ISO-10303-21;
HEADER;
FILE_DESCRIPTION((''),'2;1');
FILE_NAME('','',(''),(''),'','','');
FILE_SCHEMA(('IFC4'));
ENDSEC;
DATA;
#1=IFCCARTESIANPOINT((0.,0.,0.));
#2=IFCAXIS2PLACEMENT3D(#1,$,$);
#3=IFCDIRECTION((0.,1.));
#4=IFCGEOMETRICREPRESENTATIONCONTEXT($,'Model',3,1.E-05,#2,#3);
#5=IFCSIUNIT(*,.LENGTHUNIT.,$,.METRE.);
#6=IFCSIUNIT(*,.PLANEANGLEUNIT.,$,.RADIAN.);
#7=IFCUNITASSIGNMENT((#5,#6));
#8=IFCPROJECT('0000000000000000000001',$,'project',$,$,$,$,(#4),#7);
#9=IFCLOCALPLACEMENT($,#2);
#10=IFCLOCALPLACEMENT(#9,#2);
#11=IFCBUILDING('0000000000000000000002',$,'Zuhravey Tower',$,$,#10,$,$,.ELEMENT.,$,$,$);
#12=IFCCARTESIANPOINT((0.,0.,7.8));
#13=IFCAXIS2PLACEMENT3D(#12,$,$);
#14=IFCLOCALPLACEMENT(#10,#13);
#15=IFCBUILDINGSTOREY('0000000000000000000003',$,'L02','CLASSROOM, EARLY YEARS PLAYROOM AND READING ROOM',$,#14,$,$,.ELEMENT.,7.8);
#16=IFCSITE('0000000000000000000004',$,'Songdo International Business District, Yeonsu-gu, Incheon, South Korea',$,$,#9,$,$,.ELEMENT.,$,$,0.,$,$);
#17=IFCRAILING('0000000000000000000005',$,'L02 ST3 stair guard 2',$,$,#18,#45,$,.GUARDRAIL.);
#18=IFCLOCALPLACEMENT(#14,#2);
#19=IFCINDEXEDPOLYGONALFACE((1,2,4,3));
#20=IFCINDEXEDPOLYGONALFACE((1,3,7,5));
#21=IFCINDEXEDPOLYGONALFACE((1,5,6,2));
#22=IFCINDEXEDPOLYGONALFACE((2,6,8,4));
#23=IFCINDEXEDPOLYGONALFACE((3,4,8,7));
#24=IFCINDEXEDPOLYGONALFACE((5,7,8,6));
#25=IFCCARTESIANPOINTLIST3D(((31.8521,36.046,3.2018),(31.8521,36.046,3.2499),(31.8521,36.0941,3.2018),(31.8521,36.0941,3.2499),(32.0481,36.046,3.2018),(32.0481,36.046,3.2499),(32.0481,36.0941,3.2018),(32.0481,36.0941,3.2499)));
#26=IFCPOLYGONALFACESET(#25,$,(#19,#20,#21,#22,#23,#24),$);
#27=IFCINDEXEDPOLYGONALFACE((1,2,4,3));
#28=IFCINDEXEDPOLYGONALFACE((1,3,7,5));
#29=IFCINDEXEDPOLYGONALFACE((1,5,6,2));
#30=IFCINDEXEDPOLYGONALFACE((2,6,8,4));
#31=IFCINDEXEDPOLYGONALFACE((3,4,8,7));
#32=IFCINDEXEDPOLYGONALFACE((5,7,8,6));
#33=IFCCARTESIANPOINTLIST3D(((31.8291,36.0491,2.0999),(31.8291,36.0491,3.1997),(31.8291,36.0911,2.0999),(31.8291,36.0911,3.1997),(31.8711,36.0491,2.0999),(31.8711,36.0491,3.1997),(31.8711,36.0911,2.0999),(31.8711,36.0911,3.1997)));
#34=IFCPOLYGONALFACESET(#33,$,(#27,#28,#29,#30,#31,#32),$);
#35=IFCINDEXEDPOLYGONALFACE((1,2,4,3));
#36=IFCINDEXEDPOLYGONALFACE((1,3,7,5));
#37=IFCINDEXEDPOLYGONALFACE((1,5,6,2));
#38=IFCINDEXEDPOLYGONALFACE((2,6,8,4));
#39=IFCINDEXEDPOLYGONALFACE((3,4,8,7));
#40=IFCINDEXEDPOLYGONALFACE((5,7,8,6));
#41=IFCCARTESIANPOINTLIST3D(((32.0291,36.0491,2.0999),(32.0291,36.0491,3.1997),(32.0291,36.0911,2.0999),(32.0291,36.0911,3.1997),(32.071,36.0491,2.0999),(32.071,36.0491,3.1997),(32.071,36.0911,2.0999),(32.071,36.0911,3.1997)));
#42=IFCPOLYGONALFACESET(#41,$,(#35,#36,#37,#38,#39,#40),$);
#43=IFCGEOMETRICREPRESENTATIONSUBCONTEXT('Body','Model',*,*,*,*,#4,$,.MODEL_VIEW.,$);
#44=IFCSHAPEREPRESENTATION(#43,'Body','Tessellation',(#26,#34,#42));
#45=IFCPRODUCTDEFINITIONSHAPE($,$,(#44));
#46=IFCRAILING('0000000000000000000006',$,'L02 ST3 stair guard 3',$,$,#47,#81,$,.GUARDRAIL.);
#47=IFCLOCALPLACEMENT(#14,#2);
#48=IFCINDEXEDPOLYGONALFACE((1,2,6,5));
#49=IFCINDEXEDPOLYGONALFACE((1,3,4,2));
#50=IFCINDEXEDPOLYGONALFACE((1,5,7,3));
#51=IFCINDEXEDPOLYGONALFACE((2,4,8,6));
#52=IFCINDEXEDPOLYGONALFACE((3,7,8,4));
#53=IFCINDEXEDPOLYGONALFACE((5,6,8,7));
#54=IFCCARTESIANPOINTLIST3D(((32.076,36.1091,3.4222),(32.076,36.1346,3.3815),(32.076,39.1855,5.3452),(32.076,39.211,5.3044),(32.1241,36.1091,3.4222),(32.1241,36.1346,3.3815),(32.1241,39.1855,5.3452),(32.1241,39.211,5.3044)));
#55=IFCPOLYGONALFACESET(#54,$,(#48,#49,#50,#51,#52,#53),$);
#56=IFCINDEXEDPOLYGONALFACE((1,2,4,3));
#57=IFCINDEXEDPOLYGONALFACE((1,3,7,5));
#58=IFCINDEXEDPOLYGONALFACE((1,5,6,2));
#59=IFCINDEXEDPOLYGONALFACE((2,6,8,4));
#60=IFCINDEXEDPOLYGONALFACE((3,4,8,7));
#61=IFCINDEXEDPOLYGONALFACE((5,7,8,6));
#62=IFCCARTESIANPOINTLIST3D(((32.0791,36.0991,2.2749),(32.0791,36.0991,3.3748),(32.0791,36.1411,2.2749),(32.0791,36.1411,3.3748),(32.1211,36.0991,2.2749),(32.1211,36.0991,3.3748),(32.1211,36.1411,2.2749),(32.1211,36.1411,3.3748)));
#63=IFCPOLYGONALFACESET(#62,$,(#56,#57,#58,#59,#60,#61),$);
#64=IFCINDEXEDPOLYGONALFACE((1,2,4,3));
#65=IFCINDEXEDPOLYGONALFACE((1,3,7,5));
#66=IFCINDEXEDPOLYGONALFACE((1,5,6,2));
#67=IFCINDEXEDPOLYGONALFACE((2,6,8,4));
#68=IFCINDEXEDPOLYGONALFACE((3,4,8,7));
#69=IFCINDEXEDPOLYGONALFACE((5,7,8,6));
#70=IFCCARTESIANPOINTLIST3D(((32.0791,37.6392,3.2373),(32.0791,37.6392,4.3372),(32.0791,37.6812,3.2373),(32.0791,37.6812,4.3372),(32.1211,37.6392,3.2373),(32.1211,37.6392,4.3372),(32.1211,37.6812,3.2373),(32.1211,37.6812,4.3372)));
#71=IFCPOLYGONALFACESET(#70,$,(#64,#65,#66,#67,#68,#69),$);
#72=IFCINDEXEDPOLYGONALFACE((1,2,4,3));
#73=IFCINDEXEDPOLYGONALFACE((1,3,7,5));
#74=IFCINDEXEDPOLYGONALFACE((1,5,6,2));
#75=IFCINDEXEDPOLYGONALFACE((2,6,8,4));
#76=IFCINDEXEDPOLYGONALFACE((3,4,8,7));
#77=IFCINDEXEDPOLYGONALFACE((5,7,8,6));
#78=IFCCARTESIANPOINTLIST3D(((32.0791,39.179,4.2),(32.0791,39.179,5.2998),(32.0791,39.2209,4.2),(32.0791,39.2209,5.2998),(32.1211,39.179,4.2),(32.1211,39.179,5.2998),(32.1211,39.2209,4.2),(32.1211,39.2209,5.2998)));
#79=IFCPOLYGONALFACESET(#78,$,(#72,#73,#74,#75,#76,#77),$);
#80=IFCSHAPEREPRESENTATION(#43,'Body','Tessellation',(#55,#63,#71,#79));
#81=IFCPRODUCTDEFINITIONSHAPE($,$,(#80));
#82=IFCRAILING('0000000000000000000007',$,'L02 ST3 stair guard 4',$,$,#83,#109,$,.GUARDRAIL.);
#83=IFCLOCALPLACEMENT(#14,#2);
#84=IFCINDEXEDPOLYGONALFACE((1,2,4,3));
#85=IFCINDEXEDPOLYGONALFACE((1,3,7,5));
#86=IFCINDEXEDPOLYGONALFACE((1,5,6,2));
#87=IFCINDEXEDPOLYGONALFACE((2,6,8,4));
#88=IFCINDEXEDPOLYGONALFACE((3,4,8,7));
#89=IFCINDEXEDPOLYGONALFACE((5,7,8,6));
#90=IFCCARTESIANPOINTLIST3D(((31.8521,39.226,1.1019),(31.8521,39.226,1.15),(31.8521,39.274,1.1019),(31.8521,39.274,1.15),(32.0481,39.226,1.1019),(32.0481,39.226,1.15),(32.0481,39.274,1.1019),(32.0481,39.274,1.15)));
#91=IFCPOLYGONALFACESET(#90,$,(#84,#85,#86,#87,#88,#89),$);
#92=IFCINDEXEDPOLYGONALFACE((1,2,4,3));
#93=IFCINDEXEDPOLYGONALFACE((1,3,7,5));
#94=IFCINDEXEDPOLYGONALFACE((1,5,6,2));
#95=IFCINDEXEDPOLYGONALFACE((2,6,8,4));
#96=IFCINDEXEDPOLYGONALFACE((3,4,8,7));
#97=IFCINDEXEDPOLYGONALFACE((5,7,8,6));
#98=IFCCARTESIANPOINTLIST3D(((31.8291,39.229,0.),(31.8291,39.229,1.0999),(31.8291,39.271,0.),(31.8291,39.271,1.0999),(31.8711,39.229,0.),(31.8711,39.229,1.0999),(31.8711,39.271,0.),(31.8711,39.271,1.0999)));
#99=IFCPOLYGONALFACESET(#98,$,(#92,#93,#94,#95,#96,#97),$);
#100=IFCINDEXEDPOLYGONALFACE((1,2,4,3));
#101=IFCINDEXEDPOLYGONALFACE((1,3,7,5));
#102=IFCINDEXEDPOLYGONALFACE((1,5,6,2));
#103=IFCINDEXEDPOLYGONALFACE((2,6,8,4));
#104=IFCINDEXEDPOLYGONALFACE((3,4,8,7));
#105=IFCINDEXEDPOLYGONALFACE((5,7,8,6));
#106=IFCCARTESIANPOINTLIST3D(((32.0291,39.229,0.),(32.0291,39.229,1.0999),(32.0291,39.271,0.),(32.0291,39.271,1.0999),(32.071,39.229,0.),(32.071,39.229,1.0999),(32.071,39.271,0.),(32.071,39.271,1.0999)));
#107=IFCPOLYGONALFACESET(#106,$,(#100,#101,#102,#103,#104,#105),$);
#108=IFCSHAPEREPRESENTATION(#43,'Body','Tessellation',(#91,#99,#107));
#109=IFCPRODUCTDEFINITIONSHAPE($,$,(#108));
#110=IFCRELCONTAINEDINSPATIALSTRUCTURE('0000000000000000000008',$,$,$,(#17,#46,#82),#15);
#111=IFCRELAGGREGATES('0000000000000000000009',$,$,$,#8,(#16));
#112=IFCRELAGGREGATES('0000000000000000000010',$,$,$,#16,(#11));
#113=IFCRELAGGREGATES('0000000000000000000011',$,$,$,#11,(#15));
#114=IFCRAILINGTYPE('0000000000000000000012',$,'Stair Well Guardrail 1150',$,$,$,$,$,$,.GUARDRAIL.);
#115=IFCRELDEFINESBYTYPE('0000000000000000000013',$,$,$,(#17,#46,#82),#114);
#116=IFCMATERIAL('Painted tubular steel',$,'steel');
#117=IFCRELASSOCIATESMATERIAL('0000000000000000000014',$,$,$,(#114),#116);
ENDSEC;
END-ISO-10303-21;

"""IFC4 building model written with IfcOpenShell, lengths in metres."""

from ifc_helpers import new_model, si_unit, direction, frame, origin, origin_2d, place, context, subcontext, project, spatial, rectangle, extrude, material, type_object, element, save


model = new_model("IFC4")

# Units and contexts
model_context = context("Model", 3, precision=1e-05, world=origin(), true_north=direction((0.0, 1.0)))
body_context = subcontext(model_context, "Body", "Model", "MODEL_VIEW")
ifc_project = project(units=[si_unit("LENGTHUNIT", "METRE"), si_unit("PLANEANGLEUNIT", "RADIAN")], contexts=[model_context])

# Site, building, storey
site_placement = place(None, origin())
site = spatial("IfcSite", under=ifc_project, at=site_placement, Name="Songdo International Business District, Yeonsu-gu, Incheon, South Korea", CompositionType="ELEMENT", RefElevation=0.0)
building_placement = place(site_placement, origin())
building = spatial("IfcBuilding", under=site, at=building_placement, Name="Zuhravey Tower", CompositionType="ELEMENT")
storey_placement = place(building_placement, frame((0.0, 0.0, 7.8)))
storey = spatial("IfcBuildingStorey", under=building, at=storey_placement, Name="L02", Description="CLASSROOM, EARLY YEARS PLAYROOM AND READING ROOM", CompositionType="ELEMENT", Elevation=7.8)

# Railings
ifc_material_1 = material(Name="Painted tubular steel", Category="steel")
railing_type_1 = type_object("IfcRailingType", Name="Stair Well Guardrail 1150", PredefinedType="GUARDRAIL", material=ifc_material_1)
railing_1_placement = place(storey_placement, frame((31.8501, 36.0701, 2.0999)))
element("IfcRailing", 1, at=railing_1_placement, inside=storey, type_object=railing_type_1, Name="L02 ST3 stair guard 2", PredefinedType="GUARDRAIL", context=body_context, shape_type="SweptSolid", body=[
    extrude(rectangle(XDim=0.0481, YDim=0.0481, at=origin_2d()), frame((0.002, 0.0, 1.126), z_axis=(1.0, 0.0, 0.0), x_axis=(0.0, 1.0, 0.0)), (0.0, 0.0, 1.0), 0.196),
    extrude(rectangle(XDim=0.042, YDim=0.042, at=origin_2d()), origin(), (0.0, 0.0, 1.0), 1.0999),
    extrude(rectangle(XDim=0.042, YDim=0.042, at=origin_2d()), frame((0.2, 0.0, 0.0)), (0.0, 0.0, 1.0), 1.0999),
])
railing_2_placement = place(storey_placement, frame((32.1001, 36.1201, 2.2749)))
element("IfcRailing", 2, at=railing_2_placement, inside=storey, type_object=railing_type_1, Name="L02 ST3 stair guard 3", PredefinedType="GUARDRAIL", context=body_context, shape_type="SweptSolid", body=[
    extrude(rectangle(XDim=0.0481, YDim=0.0481, at=origin_2d()), frame((0.0, 0.0017, 1.127), z_axis=(0.0, 0.847979, 0.530029), x_axis=(-1.0, 0.0, 0.0)), (0.0, 0.0, 1.0), 3.6279),
    extrude(rectangle(XDim=0.042, YDim=0.042, at=origin_2d()), origin(), (0.0, 0.0, 1.0), 1.0999),
    extrude(rectangle(XDim=0.042, YDim=0.042, at=origin_2d()), frame((0.0, 1.54, 0.9624)), (0.0, 0.0, 1.0), 1.0999),
    extrude(rectangle(XDim=0.042, YDim=0.042, at=origin_2d()), frame((0.0, 3.0798, 1.925)), (0.0, 0.0, 1.0), 1.0999),
])
railing_3_placement = place(storey_placement, frame((31.8501, 39.25, 0.0)))
element("IfcRailing", 3, at=railing_3_placement, inside=storey, type_object=railing_type_1, Name="L02 ST3 stair guard 4", PredefinedType="GUARDRAIL", context=body_context, shape_type="SweptSolid", body=[
    extrude(rectangle(XDim=0.0481, YDim=0.0481, at=origin_2d()), frame((0.002, 0.0, 1.126), z_axis=(1.0, 0.0, 0.0), x_axis=(0.0, 1.0, 0.0)), (0.0, 0.0, 1.0), 0.196),
    extrude(rectangle(XDim=0.042, YDim=0.042, at=origin_2d()), origin(), (0.0, 0.0, 1.0), 1.0999),
    extrude(rectangle(XDim=0.042, YDim=0.042, at=origin_2d()), frame((0.2, 0.0, 0.0)), (0.0, 0.0, 1.0), 1.0999),
])

save(model, "model.ifc")
